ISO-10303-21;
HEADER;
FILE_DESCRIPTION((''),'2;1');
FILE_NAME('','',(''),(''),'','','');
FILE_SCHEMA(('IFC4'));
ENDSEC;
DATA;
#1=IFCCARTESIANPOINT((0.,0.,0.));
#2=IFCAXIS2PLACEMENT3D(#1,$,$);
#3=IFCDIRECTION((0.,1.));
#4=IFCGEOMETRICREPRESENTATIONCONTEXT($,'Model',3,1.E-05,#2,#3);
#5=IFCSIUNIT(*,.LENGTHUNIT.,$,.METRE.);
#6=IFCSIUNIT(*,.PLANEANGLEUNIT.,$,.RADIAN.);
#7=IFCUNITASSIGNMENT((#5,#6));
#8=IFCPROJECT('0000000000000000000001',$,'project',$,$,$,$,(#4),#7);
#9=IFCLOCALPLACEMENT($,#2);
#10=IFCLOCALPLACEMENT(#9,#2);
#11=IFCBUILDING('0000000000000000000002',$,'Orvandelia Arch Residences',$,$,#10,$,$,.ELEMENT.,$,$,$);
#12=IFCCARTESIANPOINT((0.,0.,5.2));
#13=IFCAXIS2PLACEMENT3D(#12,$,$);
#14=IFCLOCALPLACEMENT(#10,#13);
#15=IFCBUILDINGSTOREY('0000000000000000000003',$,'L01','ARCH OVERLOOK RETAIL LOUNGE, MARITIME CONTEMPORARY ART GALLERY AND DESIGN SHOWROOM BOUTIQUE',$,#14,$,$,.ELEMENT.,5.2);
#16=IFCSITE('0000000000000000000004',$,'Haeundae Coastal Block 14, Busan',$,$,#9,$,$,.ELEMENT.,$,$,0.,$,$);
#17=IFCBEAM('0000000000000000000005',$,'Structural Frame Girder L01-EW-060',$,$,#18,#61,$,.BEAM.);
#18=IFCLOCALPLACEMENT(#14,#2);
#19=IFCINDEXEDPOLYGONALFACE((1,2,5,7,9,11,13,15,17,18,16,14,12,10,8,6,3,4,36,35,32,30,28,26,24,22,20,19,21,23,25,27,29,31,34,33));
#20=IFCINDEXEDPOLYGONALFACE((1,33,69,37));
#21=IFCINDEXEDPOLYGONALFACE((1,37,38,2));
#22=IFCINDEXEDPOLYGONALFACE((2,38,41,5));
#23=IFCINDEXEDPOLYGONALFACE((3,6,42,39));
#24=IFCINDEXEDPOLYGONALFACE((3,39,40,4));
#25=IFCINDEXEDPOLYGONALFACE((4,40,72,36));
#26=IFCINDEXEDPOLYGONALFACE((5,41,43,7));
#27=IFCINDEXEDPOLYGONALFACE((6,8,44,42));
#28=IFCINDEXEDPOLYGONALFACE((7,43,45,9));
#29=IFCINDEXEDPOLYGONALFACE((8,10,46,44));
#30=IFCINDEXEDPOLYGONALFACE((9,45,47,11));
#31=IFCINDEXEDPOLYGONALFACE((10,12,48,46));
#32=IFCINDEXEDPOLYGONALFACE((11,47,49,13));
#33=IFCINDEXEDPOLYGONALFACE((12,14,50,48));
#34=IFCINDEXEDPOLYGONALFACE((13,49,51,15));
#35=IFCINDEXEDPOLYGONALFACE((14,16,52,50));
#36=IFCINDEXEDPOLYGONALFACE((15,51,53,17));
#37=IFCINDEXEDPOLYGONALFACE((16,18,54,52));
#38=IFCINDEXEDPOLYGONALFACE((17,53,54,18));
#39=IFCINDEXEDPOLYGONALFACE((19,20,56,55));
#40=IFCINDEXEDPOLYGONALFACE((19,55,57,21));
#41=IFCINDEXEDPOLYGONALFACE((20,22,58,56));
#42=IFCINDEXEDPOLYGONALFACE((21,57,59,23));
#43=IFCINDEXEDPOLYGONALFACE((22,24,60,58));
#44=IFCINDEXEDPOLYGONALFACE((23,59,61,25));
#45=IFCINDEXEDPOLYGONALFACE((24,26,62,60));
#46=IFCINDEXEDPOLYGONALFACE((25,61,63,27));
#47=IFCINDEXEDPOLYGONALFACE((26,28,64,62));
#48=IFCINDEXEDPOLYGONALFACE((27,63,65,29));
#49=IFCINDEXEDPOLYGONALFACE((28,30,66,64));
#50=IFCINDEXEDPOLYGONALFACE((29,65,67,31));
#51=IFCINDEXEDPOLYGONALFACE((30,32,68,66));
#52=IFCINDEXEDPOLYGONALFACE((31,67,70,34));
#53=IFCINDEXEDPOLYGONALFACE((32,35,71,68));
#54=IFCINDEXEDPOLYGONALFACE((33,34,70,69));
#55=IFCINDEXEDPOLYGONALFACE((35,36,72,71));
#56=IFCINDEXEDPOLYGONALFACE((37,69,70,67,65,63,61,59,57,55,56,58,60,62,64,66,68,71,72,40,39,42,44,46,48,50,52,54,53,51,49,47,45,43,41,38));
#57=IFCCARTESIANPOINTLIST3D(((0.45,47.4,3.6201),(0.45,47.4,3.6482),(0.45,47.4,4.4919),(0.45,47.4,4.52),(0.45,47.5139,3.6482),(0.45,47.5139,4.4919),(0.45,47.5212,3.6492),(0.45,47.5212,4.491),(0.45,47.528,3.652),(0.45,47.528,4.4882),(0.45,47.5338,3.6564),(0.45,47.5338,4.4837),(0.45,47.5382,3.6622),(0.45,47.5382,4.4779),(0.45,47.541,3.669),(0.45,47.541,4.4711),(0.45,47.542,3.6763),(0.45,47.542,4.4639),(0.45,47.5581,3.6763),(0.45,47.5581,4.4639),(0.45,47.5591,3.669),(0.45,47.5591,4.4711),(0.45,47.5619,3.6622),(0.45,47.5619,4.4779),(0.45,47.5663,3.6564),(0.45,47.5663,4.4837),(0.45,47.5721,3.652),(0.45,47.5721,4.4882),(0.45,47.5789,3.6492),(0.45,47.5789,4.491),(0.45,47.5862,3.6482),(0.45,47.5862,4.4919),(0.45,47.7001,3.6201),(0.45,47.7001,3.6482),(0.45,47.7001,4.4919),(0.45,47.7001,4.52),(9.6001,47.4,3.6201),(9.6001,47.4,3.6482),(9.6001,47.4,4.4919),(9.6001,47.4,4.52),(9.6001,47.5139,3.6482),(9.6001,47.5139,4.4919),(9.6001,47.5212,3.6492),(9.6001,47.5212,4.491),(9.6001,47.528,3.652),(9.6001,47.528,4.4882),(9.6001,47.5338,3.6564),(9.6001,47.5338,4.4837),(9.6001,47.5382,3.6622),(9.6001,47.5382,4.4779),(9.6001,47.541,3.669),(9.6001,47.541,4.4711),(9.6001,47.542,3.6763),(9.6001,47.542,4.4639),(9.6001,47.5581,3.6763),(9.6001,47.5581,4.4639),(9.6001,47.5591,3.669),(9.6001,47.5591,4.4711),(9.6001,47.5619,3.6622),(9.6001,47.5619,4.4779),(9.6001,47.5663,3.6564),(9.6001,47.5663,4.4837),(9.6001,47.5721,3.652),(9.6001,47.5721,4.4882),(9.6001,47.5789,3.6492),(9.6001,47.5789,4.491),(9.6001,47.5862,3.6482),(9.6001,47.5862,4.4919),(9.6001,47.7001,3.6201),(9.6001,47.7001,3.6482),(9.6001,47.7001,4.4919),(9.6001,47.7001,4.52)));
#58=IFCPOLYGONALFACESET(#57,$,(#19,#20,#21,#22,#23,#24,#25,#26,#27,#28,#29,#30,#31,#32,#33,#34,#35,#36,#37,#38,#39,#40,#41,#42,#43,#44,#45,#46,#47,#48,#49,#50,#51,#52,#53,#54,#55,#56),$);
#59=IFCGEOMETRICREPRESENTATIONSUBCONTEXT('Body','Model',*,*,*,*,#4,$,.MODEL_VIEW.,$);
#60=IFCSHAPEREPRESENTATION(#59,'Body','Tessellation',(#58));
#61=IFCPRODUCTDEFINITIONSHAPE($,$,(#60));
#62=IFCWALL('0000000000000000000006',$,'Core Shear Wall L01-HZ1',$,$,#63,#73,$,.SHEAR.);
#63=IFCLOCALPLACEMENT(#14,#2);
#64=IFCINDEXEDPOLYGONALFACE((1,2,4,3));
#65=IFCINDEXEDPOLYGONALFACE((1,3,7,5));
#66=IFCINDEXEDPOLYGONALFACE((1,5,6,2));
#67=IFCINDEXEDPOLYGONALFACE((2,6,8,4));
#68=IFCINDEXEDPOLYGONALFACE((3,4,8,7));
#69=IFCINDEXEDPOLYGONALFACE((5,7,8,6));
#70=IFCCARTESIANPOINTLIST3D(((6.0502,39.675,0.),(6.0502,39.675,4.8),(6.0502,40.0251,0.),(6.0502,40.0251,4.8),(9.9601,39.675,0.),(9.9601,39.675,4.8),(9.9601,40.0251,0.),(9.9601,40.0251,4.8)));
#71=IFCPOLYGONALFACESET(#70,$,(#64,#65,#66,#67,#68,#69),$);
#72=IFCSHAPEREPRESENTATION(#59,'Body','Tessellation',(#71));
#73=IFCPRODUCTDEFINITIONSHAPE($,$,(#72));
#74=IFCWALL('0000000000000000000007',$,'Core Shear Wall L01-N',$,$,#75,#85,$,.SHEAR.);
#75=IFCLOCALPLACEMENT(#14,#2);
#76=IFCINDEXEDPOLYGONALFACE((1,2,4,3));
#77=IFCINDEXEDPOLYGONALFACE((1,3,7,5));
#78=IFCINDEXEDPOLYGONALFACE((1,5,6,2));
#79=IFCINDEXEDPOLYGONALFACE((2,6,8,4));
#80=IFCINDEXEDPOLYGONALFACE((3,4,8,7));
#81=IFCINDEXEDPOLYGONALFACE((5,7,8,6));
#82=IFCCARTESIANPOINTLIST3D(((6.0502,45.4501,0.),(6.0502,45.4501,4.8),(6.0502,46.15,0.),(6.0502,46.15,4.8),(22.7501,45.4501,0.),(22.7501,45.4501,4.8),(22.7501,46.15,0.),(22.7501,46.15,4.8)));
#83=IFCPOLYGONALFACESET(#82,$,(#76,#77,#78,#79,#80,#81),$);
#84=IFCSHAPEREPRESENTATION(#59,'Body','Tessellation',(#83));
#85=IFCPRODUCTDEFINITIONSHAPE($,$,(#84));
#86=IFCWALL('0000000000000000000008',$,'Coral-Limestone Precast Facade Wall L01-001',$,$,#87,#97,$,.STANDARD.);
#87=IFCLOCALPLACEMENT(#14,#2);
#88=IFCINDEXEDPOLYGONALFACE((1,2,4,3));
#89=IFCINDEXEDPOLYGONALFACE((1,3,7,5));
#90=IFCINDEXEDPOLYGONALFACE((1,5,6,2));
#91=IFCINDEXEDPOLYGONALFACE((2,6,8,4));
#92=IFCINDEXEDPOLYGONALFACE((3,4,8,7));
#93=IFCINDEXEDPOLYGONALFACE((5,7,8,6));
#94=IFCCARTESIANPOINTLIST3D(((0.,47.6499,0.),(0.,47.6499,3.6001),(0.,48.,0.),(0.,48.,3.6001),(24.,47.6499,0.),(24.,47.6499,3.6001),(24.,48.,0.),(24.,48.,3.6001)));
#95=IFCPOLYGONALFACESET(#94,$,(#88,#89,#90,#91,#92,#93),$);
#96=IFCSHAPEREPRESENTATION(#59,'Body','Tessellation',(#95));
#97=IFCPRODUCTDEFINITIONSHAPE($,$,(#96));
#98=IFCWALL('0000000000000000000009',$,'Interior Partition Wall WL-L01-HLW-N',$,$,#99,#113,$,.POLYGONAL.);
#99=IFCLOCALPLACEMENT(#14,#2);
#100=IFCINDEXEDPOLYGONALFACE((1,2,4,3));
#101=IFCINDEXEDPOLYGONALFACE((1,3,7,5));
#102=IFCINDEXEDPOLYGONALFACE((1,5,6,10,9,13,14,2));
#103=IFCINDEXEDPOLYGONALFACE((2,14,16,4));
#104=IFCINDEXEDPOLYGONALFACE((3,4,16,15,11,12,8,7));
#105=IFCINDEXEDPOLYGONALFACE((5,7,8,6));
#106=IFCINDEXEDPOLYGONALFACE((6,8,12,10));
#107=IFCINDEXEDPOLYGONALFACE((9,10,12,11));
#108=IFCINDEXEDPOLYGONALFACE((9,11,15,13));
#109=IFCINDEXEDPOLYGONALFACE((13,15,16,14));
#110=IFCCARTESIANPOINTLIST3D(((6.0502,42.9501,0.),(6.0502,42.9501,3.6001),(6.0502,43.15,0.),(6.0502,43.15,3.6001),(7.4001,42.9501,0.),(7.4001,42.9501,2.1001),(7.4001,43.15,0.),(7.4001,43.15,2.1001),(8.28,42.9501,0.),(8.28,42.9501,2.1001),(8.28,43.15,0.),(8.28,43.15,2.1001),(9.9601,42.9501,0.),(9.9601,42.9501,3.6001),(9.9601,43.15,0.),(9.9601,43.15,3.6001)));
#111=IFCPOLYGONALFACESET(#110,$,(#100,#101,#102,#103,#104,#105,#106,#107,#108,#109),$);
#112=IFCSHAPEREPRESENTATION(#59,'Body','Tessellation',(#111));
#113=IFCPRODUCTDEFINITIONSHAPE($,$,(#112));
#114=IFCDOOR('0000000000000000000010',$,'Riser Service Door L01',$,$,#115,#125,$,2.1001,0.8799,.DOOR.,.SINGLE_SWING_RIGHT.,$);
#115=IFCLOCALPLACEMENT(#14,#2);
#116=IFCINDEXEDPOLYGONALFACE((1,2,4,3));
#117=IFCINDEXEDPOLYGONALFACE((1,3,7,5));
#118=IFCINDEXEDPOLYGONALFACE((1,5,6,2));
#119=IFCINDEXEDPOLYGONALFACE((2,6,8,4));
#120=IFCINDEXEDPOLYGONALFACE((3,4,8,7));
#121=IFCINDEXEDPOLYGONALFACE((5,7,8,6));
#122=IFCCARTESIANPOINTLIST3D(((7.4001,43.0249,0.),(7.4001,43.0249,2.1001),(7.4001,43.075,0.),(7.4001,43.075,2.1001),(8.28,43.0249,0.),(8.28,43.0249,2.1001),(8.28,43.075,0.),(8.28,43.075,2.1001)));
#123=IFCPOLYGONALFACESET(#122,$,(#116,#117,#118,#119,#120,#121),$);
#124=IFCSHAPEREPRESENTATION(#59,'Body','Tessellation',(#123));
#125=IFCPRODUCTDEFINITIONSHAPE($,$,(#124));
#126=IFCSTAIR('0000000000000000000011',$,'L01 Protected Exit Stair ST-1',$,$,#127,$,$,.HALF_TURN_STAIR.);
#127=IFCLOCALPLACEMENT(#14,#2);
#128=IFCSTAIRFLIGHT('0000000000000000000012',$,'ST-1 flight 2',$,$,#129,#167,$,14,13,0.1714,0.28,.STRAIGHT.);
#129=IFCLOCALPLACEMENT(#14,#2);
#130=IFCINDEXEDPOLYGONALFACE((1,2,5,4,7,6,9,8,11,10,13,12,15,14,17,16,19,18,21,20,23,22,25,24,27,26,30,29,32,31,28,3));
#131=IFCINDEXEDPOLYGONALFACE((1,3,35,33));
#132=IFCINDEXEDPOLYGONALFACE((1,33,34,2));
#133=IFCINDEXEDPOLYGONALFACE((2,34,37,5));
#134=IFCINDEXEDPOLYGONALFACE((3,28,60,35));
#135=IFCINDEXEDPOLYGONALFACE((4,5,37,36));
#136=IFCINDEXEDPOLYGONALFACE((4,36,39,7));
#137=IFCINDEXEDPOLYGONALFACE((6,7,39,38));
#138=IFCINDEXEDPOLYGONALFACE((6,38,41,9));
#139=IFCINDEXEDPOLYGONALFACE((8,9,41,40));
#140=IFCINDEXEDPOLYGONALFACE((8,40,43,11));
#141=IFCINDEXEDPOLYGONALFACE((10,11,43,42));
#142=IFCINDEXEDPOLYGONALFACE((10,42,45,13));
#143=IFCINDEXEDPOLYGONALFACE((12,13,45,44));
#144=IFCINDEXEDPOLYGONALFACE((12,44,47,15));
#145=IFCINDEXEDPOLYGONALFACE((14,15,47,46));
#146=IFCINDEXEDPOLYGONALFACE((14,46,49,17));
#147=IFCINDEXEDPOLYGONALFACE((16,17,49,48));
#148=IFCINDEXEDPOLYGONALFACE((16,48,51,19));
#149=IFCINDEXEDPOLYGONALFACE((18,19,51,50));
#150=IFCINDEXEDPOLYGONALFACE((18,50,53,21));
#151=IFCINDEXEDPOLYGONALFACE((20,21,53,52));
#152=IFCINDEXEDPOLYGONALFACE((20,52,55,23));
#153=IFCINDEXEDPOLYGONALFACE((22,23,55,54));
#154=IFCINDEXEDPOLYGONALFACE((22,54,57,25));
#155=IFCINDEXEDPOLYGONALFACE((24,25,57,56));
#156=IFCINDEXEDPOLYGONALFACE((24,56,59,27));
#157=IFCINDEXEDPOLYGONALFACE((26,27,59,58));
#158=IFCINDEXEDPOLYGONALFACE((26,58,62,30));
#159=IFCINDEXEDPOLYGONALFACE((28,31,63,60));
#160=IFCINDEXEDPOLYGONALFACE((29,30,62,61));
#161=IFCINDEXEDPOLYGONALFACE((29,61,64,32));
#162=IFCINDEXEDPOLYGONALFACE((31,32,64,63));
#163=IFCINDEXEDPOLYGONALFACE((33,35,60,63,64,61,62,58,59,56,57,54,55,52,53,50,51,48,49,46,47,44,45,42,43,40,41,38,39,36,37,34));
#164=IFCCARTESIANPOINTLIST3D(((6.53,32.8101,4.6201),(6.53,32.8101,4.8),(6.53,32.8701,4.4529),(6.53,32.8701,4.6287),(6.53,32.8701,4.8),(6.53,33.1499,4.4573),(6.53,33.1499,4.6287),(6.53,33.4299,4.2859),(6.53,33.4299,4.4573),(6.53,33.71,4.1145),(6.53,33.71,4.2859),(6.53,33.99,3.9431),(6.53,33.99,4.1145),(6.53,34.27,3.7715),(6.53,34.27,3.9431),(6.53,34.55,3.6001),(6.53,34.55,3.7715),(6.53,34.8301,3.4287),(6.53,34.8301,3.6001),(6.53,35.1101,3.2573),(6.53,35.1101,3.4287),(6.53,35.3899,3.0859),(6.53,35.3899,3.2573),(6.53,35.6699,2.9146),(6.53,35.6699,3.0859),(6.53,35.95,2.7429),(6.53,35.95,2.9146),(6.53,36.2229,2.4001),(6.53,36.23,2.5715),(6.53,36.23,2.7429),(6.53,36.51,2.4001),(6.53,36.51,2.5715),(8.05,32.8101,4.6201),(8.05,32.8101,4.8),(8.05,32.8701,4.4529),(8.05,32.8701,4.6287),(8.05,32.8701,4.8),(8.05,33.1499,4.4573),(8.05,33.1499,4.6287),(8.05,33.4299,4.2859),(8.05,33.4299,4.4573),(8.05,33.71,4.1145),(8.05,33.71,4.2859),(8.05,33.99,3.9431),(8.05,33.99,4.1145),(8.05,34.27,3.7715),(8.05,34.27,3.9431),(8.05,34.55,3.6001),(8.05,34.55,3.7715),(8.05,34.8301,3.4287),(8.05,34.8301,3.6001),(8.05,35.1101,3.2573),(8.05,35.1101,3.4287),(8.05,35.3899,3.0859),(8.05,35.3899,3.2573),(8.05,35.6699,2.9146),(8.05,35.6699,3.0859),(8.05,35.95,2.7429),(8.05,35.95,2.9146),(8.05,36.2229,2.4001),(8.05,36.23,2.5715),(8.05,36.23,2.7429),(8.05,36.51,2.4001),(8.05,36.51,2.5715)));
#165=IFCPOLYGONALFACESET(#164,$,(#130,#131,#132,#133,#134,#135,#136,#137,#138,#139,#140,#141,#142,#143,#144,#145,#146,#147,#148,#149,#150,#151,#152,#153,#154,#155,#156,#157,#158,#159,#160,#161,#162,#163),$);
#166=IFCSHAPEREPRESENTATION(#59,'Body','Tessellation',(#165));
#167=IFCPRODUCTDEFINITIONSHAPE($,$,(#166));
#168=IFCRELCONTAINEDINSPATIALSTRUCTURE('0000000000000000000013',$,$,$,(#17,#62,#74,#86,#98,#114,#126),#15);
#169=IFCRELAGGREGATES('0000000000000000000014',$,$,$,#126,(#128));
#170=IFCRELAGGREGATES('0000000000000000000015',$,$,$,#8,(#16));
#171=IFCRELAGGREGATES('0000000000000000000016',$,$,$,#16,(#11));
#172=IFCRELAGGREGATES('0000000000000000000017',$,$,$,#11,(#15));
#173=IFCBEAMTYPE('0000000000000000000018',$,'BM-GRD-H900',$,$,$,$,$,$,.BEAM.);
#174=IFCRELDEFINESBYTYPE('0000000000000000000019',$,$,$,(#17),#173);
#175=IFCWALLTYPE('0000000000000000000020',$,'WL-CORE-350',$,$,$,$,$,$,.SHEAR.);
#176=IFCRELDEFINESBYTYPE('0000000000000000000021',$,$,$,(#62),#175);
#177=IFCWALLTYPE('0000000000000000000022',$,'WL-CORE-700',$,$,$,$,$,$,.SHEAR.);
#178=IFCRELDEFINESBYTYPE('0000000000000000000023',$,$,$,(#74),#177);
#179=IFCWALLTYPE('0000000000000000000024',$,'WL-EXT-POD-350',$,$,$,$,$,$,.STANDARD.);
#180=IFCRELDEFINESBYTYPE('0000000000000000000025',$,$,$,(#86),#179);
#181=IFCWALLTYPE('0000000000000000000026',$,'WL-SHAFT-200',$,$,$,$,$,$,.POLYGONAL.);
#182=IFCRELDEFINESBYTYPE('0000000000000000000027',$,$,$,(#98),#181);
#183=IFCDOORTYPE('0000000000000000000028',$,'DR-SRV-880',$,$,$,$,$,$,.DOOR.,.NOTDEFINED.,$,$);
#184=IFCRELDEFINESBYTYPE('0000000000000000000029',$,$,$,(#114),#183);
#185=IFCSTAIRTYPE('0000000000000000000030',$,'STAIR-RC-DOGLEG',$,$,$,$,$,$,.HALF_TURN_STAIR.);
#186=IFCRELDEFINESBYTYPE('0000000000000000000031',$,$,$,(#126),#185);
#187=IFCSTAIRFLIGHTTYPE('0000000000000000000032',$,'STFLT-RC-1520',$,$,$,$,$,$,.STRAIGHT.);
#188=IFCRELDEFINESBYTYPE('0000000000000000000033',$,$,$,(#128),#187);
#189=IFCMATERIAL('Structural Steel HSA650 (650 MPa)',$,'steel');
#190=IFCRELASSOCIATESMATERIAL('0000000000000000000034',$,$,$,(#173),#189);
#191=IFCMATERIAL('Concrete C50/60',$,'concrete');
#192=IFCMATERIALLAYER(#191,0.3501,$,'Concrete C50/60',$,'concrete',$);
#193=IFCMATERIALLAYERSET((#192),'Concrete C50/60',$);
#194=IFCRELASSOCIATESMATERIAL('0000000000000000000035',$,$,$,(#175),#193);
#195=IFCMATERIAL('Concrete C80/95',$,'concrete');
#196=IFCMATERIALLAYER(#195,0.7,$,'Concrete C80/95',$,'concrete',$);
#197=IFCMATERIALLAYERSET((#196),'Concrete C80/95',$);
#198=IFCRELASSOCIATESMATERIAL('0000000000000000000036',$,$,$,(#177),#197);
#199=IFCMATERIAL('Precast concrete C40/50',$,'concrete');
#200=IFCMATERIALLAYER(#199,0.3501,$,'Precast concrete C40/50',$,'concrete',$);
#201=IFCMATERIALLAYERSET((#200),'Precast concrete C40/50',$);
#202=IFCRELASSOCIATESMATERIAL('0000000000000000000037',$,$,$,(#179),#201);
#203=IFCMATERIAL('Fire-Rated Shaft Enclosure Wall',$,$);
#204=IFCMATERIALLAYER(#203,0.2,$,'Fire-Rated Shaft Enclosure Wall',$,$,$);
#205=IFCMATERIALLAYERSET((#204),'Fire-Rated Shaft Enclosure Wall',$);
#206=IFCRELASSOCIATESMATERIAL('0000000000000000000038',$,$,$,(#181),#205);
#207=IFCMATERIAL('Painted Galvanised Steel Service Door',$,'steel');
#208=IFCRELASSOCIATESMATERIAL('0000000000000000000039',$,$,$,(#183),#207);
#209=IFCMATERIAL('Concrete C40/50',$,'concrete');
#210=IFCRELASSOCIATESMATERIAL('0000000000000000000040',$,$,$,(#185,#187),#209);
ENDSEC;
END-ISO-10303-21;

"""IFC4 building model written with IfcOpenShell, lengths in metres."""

from ifc_helpers import new_model, si_unit, direction, frame, frame_2d, origin, origin_2d, place, context, subcontext, project, spatial, polyline, rectangle, i_section, outline, extrude, material, layer, layer_set, material_profile, profile_set, type_object, element, fill, aggregate, save


model = new_model("IFC4")

# Units and contexts
model_context = context("Model", 3, precision=1e-05, world=origin(), true_north=direction((0.0, 1.0)))
body_context = subcontext(model_context, "Body", "Model", "MODEL_VIEW")
ifc_project = project(units=[si_unit("LENGTHUNIT", "METRE"), si_unit("PLANEANGLEUNIT", "RADIAN")], contexts=[model_context])

# Site, building, storey
site_placement = place(None, origin())
site = spatial("IfcSite", under=ifc_project, at=site_placement, Name="Haeundae Coastal Block 14, Busan", CompositionType="ELEMENT", RefElevation=0.0)
building_placement = place(site_placement, origin())
building = spatial("IfcBuilding", under=site, at=building_placement, Name="Orvandelia Arch Residences", CompositionType="ELEMENT")
storey_placement = place(building_placement, frame((0.0, 0.0, 5.2)))
storey = spatial("IfcBuildingStorey", under=building, at=storey_placement, Name="L01", Description="ARCH OVERLOOK RETAIL LOUNGE, MARITIME CONTEMPORARY ART GALLERY AND DESIGN SHOWROOM BOUTIQUE", CompositionType="ELEMENT", Elevation=5.2)

# Shared definitions
ifc_material_1 = material(Name="Concrete C80/95", Category="concrete")

# Beam
ifc_material_2 = material(Name="Structural Steel HSA650 (650 MPa)", Category="steel")
ifc_material_profile_1 = material_profile(ifc_material_2, i_section(OverallWidth=0.3, OverallDepth=0.8999, WebThickness=0.0161, FlangeThickness=0.0281, FilletRadius=0.0281, at=origin_2d()), Name="Structural Steel HSA650 (650 MPa)", Category="steel")
ifc_profile_set_1 = profile_set([ifc_material_profile_1], Name="Structural Steel HSA650 (650 MPa)")
beam_type = type_object("IfcBeamType", Name="BM-GRD-H900", PredefinedType="BEAM", material=ifc_profile_set_1)
beam_1_placement = place(storey_placement, frame((0.45, 47.55, 4.0701), z_axis=(1.0, 0.0, 0.0), x_axis=(0.0, 1.0, 0.0)))
element("IfcBeam", 1, at=beam_1_placement, inside=storey, type_object=beam_type, Name="Structural Frame Girder L01-EW-060", PredefinedType="BEAM", context=body_context, shape_type="SweptSolid", body=[
    extrude(i_section(OverallWidth=0.3, OverallDepth=0.8999, WebThickness=0.0161, FlangeThickness=0.0281, FilletRadius=0.0281, at=origin_2d()), origin(), (0.0, 0.0, 1.0), 9.1501),
])

# Walls
ifc_material_3 = material(Name="Concrete C50/60", Category="concrete")
ifc_layer_1 = layer(ifc_material_3, 0.3501, Name="Concrete C50/60", Category="concrete")
ifc_layer_set_1 = layer_set([ifc_layer_1], Name="Concrete C50/60")
wall_type_1 = type_object("IfcWallType", Name="WL-CORE-350", PredefinedType="SHEAR", material=ifc_layer_set_1)
wall_1_placement = place(storey_placement, frame((6.05, 39.8501, 0.0), z_axis=(0.0, 0.0, 1.0), x_axis=(1.0, 0.0, 0.0)))
element("IfcWall", 2, at=wall_1_placement, inside=storey, type_object=wall_type_1, Name="Core Shear Wall L01-HZ1", PredefinedType="SHEAR", context=body_context, shape_type="SweptSolid", body=[
    extrude(rectangle(XDim=3.9099, YDim=0.3501, at=frame_2d((1.9551, 0.0))), origin(), (0.0, 0.0, 1.0), 4.8),
])
ifc_layer_2 = layer(ifc_material_1, 0.7, Name="Concrete C80/95", Category="concrete")
ifc_layer_set_2 = layer_set([ifc_layer_2], Name="Concrete C80/95")
wall_type_2 = type_object("IfcWallType", Name="WL-CORE-700", PredefinedType="SHEAR", material=ifc_layer_set_2)
wall_2_placement = place(storey_placement, frame((6.05, 45.8, 0.0), z_axis=(0.0, 0.0, 1.0), x_axis=(1.0, 0.0, 0.0)))
element("IfcWall", 3, at=wall_2_placement, inside=storey, type_object=wall_type_2, Name="Core Shear Wall L01-N", PredefinedType="SHEAR", context=body_context, shape_type="SweptSolid", body=[
    extrude(rectangle(XDim=16.7, YDim=0.7, at=frame_2d((8.3501, 0.0))), origin(), (0.0, 0.0, 1.0), 4.8),
])
ifc_material_4 = material(Name="Precast concrete C40/50", Category="concrete")
ifc_layer_3 = layer(ifc_material_4, 0.3501, Name="Precast concrete C40/50", Category="concrete")
ifc_layer_set_3 = layer_set([ifc_layer_3], Name="Precast concrete C40/50")
wall_type_3 = type_object("IfcWallType", Name="WL-EXT-POD-350", PredefinedType="STANDARD", material=ifc_layer_set_3)
wall_3_placement = place(storey_placement, frame((0.0, 47.825, 0.0), z_axis=(0.0, 0.0, 1.0), x_axis=(1.0, 0.0, 0.0)))
element("IfcWall", 4, at=wall_3_placement, inside=storey, type_object=wall_type_3, Name="Coral-Limestone Precast Facade Wall L01-001", PredefinedType="STANDARD", context=body_context, shape_type="SweptSolid", body=[
    extrude(rectangle(XDim=24.0, YDim=0.3501, at=frame_2d((12.0, 0.0))), origin(), (0.0, 0.0, 1.0), 3.6001),
])

# Wall, opening, door
ifc_material_5 = material(Name="Fire-Rated Shaft Enclosure Wall")
ifc_layer_4 = layer(ifc_material_5, 0.2, Name="Fire-Rated Shaft Enclosure Wall")
ifc_layer_set_4 = layer_set([ifc_layer_4], Name="Fire-Rated Shaft Enclosure Wall")
wall_type_4 = type_object("IfcWallType", Name="WL-SHAFT-200", PredefinedType="POLYGONAL", material=ifc_layer_set_4)
wall_4_placement = place(storey_placement, frame((6.05, 43.05, 0.0), z_axis=(0.0, 0.0, 1.0), x_axis=(1.0, 0.0, 0.0)))
wall_4 = element("IfcWall", 5, at=wall_4_placement, inside=storey, type_object=wall_type_4, Name="Interior Partition Wall WL-L01-HLW-N", PredefinedType="POLYGONAL", context=body_context, shape_type="SweptSolid", body=[
    extrude(rectangle(XDim=3.9099, YDim=0.2, at=frame_2d((1.9551, 0.0))), origin(), (0.0, 0.0, 1.0), 3.6001),
])
opening_placement = place(wall_4_placement, frame((1.3501, 0.0, 0.0)))
opening = element("IfcOpeningElement", 6, at=opening_placement, cuts=wall_4, PredefinedType="OPENING", context=body_context, shape_type="SweptSolid", body=[
    extrude(rectangle(XDim=0.8799, YDim=2.1001, at=frame_2d((0.4399, 1.05))), frame((0.0, 0.1099, 0.0), z_axis=(0.0, -1.0, 0.0), x_axis=(1.0, 0.0, 0.0)), (0.0, 0.0, 1.0), 0.22),
])
ifc_material_6 = material(Name="Painted Galvanised Steel Service Door", Category="steel")
door_type = type_object("IfcDoorType", Name="DR-SRV-880", OperationType="NOTDEFINED", PredefinedType="DOOR", material=ifc_material_6)
door_placement = place(opening_placement, origin())
door = element("IfcDoor", 7, at=door_placement, inside=storey, type_object=door_type, Name="Riser Service Door L01", OperationType="SINGLE_SWING_RIGHT", OverallHeight=2.1001, OverallWidth=0.8799, PredefinedType="DOOR", context=body_context, shape_type="SweptSolid", body=[
    extrude(rectangle(XDim=0.8799, YDim=2.1001, at=frame_2d((0.4399, 1.05))), frame((0.0, 0.0249, 0.0), z_axis=(0.0, -1.0, 0.0), x_axis=(1.0, 0.0, 0.0)), (0.0, 0.0, 1.0), 0.05),
])
fill(opening, door)

# Stair, stair flight
ifc_material_7 = material(Name="Concrete C40/50", Category="concrete")
stair_type = type_object("IfcStairType", Name="STAIR-RC-DOGLEG", PredefinedType="HALF_TURN_STAIR", material=ifc_material_7)
stair_placement = place(storey_placement, origin())
stair = element("IfcStair", 8, at=stair_placement, inside=storey, type_object=stair_type, Name="L01 Protected Exit Stair ST-1", PredefinedType="HALF_TURN_STAIR")
stair_flight_type = type_object("IfcStairFlightType", Name="STFLT-RC-1520", PredefinedType="STRAIGHT", material=ifc_material_7)
stair_flight_placement = place(storey_placement, frame((7.29, 36.51, 2.4001), z_axis=(0.0, 0.0, 1.0), x_axis=(0.0, -1.0, 0.0)))
stair_flight = element("IfcStairFlight", 9, at=stair_flight_placement, type_object=stair_flight_type, Name="ST-1 flight 2", NumberOfRisers=14, NumberOfTreads=13, PredefinedType="STRAIGHT", RiserHeight=0.1714, TreadLength=0.28, context=body_context, shape_type="SweptSolid", body=[
    extrude(outline(polyline([(0.0, 0.0), (0.0, 0.1714), (0.28, 0.1714), (0.28, 0.3428), (0.5601, 0.3428), (0.5601, 0.5144), (0.8401, 0.5144), (0.8401, 0.6858), (1.1201, 0.6858), (1.1201, 0.8572), (1.3999, 0.8572), (1.3999, 1.0286), (1.6799, 1.0286), (1.6799, 1.2), (1.96, 1.2), (1.96, 1.3713), (2.24, 1.3713), (2.24, 1.543), (2.52, 1.543), (2.52, 1.7144), (2.8, 1.7144), (2.8, 1.8857), (3.0801, 1.8857), (3.0801, 2.0571), (3.3601, 2.0571), (3.3601, 2.2285), (3.6399, 2.2285), (3.6399, 2.3999), (3.7, 2.3999), (3.7, 2.22), (3.6399, 2.0527), (0.2871, 0.0), (0.0, 0.0)])), frame((0.0, 0.76, 0.0), z_axis=(0.0, -1.0, 0.0), x_axis=(1.0, 0.0, 0.0)), (0.0, 0.0, 1.0), 1.52),
])
aggregate(stair, [stair_flight])

save(model, "model.ifc")
